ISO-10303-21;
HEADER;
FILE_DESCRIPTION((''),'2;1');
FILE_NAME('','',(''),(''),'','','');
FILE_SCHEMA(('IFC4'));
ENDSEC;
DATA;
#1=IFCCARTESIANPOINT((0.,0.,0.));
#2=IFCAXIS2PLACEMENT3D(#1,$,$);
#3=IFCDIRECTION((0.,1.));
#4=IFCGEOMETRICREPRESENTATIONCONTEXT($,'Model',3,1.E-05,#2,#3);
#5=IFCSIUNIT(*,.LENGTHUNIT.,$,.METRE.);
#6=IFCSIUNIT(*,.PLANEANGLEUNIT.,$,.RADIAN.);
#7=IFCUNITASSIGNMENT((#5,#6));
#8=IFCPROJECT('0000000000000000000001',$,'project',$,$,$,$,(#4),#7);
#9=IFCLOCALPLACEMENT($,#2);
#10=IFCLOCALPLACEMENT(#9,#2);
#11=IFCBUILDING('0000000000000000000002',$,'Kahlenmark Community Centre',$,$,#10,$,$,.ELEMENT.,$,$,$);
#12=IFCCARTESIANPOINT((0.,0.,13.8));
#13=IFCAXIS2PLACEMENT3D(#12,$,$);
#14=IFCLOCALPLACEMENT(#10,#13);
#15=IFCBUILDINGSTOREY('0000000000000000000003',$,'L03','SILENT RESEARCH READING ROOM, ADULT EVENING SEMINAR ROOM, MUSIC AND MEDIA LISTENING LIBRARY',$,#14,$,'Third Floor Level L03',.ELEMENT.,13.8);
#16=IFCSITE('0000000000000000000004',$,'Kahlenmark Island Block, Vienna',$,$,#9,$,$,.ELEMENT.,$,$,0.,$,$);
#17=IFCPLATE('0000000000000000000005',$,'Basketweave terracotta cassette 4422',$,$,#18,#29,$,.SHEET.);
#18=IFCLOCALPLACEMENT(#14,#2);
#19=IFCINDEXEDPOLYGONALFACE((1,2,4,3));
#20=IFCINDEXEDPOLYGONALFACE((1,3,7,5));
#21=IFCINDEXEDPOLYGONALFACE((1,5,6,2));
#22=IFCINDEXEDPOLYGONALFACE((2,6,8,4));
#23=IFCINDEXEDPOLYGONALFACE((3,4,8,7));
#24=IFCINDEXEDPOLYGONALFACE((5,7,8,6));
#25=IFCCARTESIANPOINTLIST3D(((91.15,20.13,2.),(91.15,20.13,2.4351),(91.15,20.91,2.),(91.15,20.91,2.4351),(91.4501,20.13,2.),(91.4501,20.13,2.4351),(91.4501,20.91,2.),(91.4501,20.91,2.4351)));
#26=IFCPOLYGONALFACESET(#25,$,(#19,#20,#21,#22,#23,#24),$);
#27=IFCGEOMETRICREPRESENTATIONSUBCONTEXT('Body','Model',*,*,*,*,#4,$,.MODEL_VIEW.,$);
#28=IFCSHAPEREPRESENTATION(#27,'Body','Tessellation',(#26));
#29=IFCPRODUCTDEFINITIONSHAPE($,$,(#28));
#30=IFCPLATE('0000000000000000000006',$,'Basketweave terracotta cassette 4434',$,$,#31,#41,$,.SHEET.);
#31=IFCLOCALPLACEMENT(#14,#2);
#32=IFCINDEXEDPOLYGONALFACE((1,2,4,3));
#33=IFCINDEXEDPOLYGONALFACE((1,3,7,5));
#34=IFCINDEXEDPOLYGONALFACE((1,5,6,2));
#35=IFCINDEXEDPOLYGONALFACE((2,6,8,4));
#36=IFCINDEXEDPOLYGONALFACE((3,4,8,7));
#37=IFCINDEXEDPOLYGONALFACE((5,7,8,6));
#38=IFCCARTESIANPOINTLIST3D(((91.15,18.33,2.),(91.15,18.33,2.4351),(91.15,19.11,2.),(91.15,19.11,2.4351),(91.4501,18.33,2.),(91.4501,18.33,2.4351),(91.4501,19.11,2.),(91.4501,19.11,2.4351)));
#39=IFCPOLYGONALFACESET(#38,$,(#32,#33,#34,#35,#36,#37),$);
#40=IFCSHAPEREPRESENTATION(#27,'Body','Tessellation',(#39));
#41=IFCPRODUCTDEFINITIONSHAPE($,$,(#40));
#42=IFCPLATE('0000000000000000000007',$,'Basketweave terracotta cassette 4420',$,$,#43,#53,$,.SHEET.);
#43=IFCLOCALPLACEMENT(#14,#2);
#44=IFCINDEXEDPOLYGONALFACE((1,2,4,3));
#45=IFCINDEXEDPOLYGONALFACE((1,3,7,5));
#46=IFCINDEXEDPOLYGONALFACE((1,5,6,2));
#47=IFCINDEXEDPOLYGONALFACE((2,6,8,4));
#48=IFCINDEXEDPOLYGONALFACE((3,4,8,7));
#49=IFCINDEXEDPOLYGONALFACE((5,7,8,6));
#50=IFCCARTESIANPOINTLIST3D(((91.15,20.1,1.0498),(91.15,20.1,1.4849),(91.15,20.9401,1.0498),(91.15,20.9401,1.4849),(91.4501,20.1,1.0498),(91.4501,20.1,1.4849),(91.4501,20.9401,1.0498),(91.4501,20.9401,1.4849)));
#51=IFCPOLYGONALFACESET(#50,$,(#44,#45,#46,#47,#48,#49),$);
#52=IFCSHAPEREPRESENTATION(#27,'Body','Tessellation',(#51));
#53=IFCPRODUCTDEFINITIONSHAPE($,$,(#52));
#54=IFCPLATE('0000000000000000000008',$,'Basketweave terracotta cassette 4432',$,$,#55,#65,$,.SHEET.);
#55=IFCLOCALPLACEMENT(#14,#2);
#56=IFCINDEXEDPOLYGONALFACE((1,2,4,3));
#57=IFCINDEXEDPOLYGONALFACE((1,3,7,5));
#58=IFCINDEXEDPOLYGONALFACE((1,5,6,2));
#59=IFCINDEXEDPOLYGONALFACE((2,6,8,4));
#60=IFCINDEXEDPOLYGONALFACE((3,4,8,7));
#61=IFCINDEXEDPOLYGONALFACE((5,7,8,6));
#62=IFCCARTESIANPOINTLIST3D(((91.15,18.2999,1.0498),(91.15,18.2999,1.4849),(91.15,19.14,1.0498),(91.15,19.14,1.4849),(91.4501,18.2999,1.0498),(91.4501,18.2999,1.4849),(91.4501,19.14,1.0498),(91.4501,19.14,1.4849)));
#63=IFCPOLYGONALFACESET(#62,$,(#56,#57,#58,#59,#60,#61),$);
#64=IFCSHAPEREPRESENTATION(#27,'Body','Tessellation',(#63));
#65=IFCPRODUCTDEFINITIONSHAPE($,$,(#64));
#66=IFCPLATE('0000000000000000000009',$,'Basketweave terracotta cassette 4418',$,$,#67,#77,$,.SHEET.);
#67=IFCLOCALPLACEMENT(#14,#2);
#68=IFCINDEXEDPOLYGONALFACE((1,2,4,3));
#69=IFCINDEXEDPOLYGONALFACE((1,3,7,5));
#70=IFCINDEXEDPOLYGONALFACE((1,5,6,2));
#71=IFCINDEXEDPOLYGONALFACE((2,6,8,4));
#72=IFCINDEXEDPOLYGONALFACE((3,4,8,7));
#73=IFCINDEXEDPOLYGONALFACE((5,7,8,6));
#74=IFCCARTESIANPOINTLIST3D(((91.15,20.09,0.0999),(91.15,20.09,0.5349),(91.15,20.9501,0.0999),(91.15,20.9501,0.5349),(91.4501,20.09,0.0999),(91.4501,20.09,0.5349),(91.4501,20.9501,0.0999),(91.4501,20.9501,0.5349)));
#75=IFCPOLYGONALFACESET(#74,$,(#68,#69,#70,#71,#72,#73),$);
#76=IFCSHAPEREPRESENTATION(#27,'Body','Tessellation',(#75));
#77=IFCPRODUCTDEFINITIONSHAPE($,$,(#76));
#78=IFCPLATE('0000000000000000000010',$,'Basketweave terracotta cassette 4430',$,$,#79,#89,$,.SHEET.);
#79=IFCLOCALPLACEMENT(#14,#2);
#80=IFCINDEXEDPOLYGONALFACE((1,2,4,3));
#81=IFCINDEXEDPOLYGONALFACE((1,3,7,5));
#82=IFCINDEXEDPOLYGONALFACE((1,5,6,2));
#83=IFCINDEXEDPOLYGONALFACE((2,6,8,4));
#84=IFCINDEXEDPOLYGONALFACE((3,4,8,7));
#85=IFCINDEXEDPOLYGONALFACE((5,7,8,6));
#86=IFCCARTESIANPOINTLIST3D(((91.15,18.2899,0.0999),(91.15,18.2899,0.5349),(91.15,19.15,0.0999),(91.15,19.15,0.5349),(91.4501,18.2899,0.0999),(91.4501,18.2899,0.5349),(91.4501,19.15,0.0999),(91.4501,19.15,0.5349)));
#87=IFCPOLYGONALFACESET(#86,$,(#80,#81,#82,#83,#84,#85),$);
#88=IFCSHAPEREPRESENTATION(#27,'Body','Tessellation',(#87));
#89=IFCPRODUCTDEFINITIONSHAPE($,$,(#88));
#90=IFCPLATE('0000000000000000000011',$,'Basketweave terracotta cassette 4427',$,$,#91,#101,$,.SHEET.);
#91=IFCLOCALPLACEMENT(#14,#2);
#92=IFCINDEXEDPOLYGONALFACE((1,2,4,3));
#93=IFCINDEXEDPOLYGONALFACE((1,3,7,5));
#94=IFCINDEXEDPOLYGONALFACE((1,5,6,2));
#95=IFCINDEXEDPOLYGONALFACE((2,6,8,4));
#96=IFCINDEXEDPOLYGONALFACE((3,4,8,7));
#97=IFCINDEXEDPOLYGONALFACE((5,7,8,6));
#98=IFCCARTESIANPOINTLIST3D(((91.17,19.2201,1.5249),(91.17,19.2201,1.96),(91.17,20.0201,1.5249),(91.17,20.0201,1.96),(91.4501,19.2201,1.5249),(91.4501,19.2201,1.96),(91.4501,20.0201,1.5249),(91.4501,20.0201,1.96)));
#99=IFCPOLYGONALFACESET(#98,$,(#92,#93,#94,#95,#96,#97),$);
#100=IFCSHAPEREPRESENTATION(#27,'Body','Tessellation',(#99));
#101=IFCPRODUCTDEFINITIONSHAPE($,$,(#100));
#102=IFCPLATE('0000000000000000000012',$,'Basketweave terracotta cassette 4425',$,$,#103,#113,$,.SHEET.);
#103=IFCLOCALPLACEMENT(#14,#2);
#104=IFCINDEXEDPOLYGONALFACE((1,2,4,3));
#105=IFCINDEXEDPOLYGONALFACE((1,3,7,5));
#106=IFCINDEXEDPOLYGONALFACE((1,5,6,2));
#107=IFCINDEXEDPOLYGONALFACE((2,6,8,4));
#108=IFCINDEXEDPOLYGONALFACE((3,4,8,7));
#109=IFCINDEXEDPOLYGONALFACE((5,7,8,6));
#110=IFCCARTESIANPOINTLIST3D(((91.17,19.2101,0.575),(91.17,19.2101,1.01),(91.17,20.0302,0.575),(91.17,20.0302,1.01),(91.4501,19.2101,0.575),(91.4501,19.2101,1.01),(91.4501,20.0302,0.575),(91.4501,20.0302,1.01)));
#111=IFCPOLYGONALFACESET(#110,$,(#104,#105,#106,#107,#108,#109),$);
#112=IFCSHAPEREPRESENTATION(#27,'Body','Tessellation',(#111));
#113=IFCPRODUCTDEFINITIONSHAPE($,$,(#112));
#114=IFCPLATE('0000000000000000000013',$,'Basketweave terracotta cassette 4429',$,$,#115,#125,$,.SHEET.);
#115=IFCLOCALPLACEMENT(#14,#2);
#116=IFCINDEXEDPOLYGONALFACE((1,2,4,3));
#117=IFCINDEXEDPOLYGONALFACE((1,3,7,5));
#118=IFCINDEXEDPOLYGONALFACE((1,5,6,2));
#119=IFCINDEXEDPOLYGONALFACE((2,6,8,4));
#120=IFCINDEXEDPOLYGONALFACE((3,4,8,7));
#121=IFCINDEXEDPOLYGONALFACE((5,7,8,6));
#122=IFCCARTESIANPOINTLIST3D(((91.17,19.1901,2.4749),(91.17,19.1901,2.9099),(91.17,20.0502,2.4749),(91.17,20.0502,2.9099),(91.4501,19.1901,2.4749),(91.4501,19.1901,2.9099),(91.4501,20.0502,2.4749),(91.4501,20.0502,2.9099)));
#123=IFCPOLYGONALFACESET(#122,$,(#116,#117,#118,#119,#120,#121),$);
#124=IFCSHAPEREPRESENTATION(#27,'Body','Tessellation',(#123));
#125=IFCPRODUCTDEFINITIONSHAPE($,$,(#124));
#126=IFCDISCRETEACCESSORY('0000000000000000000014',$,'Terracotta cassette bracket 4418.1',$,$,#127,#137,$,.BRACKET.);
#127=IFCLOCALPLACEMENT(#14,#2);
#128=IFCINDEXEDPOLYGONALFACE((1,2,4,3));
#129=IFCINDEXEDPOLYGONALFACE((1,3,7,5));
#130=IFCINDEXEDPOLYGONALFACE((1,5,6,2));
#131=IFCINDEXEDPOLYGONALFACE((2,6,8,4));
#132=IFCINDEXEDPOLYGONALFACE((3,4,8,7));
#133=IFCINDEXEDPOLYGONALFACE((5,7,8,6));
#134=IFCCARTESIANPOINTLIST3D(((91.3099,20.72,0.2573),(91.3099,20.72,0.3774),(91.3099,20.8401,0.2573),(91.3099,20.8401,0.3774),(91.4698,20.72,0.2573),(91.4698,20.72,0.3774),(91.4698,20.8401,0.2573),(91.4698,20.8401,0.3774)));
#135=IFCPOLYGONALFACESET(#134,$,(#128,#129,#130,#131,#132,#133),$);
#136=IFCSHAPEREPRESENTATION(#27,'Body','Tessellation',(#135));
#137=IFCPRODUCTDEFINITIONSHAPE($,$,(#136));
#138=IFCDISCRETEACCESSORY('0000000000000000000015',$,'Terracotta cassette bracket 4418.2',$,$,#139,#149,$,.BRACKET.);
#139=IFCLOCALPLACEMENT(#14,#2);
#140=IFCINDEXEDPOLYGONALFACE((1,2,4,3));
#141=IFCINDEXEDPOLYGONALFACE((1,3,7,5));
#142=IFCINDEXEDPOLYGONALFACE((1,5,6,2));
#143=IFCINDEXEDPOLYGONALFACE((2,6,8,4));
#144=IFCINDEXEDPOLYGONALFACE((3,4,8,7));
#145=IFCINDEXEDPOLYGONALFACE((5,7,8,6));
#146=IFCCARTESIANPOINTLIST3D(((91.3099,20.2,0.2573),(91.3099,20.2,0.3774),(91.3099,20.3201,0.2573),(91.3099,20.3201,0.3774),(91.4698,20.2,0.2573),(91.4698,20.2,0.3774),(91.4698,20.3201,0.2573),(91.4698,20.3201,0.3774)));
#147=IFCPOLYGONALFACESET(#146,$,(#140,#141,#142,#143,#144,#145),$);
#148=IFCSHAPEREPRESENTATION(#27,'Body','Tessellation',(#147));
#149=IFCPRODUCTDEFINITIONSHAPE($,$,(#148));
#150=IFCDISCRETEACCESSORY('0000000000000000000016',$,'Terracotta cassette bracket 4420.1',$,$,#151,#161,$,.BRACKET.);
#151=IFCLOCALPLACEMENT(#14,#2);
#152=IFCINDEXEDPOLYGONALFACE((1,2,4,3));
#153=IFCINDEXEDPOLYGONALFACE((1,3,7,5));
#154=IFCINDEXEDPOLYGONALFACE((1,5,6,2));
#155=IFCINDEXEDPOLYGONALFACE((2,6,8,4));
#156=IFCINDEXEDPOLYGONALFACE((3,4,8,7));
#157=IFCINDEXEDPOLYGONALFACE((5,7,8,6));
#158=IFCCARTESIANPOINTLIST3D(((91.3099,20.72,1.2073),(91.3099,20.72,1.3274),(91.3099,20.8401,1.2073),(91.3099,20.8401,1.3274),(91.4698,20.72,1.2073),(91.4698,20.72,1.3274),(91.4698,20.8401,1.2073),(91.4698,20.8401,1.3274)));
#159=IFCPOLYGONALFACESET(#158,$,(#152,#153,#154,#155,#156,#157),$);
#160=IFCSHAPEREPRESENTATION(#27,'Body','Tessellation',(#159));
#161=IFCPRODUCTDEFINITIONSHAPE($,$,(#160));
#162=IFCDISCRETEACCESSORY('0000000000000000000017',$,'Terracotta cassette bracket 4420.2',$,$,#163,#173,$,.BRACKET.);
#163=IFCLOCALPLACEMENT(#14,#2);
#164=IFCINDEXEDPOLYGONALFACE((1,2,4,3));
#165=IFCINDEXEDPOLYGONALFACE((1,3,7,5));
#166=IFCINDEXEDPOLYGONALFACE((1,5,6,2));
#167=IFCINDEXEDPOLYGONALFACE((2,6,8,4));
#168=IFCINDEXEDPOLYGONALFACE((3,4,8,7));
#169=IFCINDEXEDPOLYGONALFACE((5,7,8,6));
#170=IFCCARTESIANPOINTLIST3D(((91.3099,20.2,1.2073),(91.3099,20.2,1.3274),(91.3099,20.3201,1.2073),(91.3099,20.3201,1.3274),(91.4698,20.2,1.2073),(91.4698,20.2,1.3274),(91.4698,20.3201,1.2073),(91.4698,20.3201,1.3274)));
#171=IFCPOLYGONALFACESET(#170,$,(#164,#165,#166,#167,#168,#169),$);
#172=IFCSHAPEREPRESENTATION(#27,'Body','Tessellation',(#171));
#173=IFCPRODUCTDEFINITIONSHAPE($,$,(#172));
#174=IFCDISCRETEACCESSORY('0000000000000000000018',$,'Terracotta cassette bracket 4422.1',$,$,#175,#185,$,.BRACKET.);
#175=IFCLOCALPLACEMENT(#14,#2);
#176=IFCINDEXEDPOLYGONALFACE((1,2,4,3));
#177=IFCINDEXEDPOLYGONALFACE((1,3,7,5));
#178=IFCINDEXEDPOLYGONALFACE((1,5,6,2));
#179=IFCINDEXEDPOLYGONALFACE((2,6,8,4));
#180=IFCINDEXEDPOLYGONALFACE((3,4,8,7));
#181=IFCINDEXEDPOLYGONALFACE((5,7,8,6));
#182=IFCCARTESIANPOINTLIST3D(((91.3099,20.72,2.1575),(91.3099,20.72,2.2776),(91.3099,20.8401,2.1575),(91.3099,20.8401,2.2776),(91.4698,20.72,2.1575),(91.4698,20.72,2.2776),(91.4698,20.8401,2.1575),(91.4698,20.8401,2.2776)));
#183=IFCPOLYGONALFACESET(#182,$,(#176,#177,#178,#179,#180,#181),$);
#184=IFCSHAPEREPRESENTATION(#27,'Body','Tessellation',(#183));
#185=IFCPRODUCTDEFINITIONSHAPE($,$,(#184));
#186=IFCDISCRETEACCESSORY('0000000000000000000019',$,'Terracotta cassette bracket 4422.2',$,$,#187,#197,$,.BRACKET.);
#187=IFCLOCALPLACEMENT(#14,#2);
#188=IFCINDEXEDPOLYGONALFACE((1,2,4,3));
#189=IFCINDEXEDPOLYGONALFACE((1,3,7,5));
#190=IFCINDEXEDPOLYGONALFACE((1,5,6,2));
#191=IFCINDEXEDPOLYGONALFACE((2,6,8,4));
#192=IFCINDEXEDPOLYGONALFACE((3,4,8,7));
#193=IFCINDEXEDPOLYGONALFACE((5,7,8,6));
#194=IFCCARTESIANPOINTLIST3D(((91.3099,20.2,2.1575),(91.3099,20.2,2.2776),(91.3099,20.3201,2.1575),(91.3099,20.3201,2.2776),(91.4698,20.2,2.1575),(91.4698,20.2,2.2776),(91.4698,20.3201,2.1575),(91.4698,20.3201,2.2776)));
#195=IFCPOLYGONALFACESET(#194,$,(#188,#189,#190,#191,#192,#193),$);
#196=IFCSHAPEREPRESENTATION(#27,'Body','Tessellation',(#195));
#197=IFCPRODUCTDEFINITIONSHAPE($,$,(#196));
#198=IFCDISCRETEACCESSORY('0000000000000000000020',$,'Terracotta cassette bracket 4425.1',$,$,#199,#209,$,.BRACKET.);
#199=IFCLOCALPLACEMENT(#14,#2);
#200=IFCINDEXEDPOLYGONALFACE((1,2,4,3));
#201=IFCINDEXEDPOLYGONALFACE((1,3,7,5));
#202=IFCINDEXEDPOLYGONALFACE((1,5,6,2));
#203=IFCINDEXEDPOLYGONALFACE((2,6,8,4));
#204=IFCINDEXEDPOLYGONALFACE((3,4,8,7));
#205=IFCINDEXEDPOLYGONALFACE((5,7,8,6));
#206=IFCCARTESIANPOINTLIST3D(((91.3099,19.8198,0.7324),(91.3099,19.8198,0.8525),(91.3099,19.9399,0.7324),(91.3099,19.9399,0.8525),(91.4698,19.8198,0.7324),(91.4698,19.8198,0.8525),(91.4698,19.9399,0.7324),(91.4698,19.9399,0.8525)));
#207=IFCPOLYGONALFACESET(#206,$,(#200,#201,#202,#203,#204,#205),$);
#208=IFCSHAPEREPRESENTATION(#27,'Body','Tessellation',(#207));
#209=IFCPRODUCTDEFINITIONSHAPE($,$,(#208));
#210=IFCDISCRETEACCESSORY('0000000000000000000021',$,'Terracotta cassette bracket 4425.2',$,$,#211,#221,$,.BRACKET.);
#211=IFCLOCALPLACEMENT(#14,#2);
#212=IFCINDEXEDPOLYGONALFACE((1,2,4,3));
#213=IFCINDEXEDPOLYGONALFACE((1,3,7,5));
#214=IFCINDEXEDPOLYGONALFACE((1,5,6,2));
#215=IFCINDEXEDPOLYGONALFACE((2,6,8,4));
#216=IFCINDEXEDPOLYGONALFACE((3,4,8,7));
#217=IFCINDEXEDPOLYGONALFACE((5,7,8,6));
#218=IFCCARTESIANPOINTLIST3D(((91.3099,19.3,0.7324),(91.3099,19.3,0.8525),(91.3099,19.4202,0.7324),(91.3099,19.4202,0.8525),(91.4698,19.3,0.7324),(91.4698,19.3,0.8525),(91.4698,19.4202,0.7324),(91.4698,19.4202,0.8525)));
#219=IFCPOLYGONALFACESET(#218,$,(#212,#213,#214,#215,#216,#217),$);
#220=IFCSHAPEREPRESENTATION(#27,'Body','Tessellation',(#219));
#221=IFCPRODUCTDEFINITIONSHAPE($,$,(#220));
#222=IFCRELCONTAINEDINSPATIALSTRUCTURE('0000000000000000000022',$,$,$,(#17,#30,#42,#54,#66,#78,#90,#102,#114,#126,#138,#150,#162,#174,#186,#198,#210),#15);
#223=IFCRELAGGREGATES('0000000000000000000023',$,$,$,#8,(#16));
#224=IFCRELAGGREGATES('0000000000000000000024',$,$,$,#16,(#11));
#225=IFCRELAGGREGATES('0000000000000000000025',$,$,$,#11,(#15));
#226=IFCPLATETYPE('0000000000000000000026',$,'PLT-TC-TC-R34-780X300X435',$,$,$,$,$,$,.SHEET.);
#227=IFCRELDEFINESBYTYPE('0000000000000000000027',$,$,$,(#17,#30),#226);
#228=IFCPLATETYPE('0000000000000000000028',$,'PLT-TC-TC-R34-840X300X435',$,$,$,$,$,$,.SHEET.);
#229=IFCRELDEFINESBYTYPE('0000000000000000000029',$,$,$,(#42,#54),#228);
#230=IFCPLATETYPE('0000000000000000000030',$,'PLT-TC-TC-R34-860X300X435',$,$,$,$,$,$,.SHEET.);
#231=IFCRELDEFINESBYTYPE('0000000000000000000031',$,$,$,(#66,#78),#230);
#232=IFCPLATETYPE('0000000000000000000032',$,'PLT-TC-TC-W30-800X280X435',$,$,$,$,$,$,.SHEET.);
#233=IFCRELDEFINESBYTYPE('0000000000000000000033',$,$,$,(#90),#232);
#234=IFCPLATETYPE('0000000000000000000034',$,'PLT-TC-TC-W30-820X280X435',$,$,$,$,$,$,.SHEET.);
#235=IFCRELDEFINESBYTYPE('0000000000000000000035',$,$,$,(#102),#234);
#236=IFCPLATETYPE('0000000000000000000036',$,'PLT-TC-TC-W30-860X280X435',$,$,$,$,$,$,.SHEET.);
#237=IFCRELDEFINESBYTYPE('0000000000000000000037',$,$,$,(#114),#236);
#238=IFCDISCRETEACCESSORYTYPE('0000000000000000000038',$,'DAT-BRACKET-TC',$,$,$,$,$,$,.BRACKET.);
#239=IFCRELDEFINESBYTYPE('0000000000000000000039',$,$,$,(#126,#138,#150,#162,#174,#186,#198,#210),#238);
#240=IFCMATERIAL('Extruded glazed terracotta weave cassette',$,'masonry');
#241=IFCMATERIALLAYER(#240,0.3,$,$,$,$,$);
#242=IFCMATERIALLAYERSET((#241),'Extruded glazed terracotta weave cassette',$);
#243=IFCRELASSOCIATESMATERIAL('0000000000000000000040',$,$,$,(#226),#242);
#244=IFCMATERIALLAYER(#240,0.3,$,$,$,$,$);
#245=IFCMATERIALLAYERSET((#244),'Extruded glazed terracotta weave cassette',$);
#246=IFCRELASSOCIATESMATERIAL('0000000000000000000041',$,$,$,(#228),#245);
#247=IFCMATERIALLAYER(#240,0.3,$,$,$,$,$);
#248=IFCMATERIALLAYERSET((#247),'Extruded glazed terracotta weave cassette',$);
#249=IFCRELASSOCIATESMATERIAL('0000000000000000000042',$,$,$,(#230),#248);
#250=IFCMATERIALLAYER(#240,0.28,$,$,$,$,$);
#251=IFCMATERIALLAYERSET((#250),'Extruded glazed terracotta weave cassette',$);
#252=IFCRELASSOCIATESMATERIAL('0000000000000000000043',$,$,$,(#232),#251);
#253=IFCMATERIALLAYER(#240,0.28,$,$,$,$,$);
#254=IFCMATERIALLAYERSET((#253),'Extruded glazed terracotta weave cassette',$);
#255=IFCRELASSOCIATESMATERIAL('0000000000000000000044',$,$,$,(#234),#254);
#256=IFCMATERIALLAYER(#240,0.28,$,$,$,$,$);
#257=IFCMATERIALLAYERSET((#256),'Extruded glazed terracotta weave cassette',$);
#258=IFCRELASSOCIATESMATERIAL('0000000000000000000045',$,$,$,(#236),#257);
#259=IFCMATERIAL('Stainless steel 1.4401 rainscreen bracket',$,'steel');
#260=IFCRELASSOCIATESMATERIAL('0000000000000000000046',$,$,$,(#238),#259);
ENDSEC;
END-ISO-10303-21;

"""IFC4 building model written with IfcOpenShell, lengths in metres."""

from ifc_helpers import new_model, si_unit, direction, frame, origin, origin_2d, place, context, subcontext, project, spatial, rectangle, extrude, material, layer, layer_set, type_object, element, save


model = new_model("IFC4")

# Units and contexts
model_context = context("Model", 3, precision=1e-05, world=origin(), true_north=direction((0.0, 1.0)))
body_context = subcontext(model_context, "Body", "Model", "MODEL_VIEW")
ifc_project = project(units=[si_unit("LENGTHUNIT", "METRE"), si_unit("PLANEANGLEUNIT", "RADIAN")], contexts=[model_context])

# Site, building, storey
site_placement = place(None, origin())
site = spatial("IfcSite", under=ifc_project, at=site_placement, Name="Kahlenmark Island Block, Vienna", CompositionType="ELEMENT", RefElevation=0.0)
building_placement = place(site_placement, origin())
building = spatial("IfcBuilding", under=site, at=building_placement, Name="Kahlenmark Community Centre", CompositionType="ELEMENT")
storey_placement = place(building_placement, frame((0.0, 0.0, 13.8)))
storey = spatial("IfcBuildingStorey", under=building, at=storey_placement, Name="L03", Description="SILENT RESEARCH READING ROOM, ADULT EVENING SEMINAR ROOM, MUSIC AND MEDIA LISTENING LIBRARY", LongName="Third Floor Level L03", CompositionType="ELEMENT", Elevation=13.8)

# Plates
ifc_material_1 = material(Name="Extruded glazed terracotta weave cassette", Category="masonry")
ifc_layer_1 = layer(ifc_material_1, 0.3)
ifc_layer_set_1 = layer_set([ifc_layer_1], Name="Extruded glazed terracotta weave cassette")
plate_type_1 = type_object("IfcPlateType", Name="PLT-TC-TC-R34-780X300X435", PredefinedType="SHEET", material=ifc_layer_set_1)
for number, where, z_axis, x_axis, name in (
    (1, (91.3, 20.52, 2.0), (0.0, 0.0, 1.0), (0.0, -1.0, 0.0), "Basketweave terracotta cassette 4422"),
    (2, (91.3, 18.72, 2.0), (0.0, 0.0, 1.0), (0.0, -1.0, 0.0), "Basketweave terracotta cassette 4434"),
):
    element("IfcPlate", number, at=place(storey_placement, frame(where, z_axis=z_axis, x_axis=x_axis)), inside=storey, type_object=plate_type_1, Name=name, PredefinedType="SHEET", context=body_context, shape_type="SweptSolid", body=[
        extrude(rectangle(XDim=0.78, YDim=0.3, at=origin_2d()), origin(), (0.0, 0.0, 1.0), 0.4351),
    ])
ifc_layer_2 = layer(ifc_material_1, 0.3)
ifc_layer_set_2 = layer_set([ifc_layer_2], Name="Extruded glazed terracotta weave cassette")
plate_type_2 = type_object("IfcPlateType", Name="PLT-TC-TC-R34-840X300X435", PredefinedType="SHEET", material=ifc_layer_set_2)
for number, where, z_axis, x_axis, name in (
    (3, (91.3, 20.52, 1.0498), (0.0, 0.0, 1.0), (0.0, -1.0, 0.0), "Basketweave terracotta cassette 4420"),
    (4, (91.3, 18.72, 1.0498), (0.0, 0.0, 1.0), (0.0, -1.0, 0.0), "Basketweave terracotta cassette 4432"),
):
    element("IfcPlate", number, at=place(storey_placement, frame(where, z_axis=z_axis, x_axis=x_axis)), inside=storey, type_object=plate_type_2, Name=name, PredefinedType="SHEET", context=body_context, shape_type="SweptSolid", body=[
        extrude(rectangle(XDim=0.8401, YDim=0.3, at=origin_2d()), origin(), (0.0, 0.0, 1.0), 0.4351),
    ])
ifc_layer_3 = layer(ifc_material_1, 0.3)
ifc_layer_set_3 = layer_set([ifc_layer_3], Name="Extruded glazed terracotta weave cassette")
plate_type_3 = type_object("IfcPlateType", Name="PLT-TC-TC-R34-860X300X435", PredefinedType="SHEET", material=ifc_layer_set_3)
for number, where, z_axis, x_axis, name in (
    (5, (91.3, 20.52, 0.0999), (0.0, 0.0, 1.0), (0.0, -1.0, 0.0), "Basketweave terracotta cassette 4418"),
    (6, (91.3, 18.72, 0.0999), (0.0, 0.0, 1.0), (0.0, -1.0, 0.0), "Basketweave terracotta cassette 4430"),
):
    element("IfcPlate", number, at=place(storey_placement, frame(where, z_axis=z_axis, x_axis=x_axis)), inside=storey, type_object=plate_type_3, Name=name, PredefinedType="SHEET", context=body_context, shape_type="SweptSolid", body=[
        extrude(rectangle(XDim=0.8601, YDim=0.3, at=origin_2d()), origin(), (0.0, 0.0, 1.0), 0.4351),
    ])
ifc_layer_4 = layer(ifc_material_1, 0.28)
ifc_layer_set_4 = layer_set([ifc_layer_4], Name="Extruded glazed terracotta weave cassette")
plate_type_4 = type_object("IfcPlateType", Name="PLT-TC-TC-W30-800X280X435", PredefinedType="SHEET", material=ifc_layer_set_4)
plate_1_placement = place(storey_placement, frame((91.3101, 19.6201, 1.5249), z_axis=(0.0, 0.0, 1.0), x_axis=(0.0, -1.0, 0.0)))
element("IfcPlate", 7, at=plate_1_placement, inside=storey, type_object=plate_type_4, Name="Basketweave terracotta cassette 4427", PredefinedType="SHEET", context=body_context, shape_type="SweptSolid", body=[
    extrude(rectangle(XDim=0.8, YDim=0.28, at=origin_2d()), origin(), (0.0, 0.0, 1.0), 0.4351),
])
ifc_layer_5 = layer(ifc_material_1, 0.28)
ifc_layer_set_5 = layer_set([ifc_layer_5], Name="Extruded glazed terracotta weave cassette")
plate_type_5 = type_object("IfcPlateType", Name="PLT-TC-TC-W30-820X280X435", PredefinedType="SHEET", material=ifc_layer_set_5)
plate_2_placement = place(storey_placement, frame((91.3101, 19.6201, 0.575), z_axis=(0.0, 0.0, 1.0), x_axis=(0.0, -1.0, 0.0)))
element("IfcPlate", 8, at=plate_2_placement, inside=storey, type_object=plate_type_5, Name="Basketweave terracotta cassette 4425", PredefinedType="SHEET", context=body_context, shape_type="SweptSolid", body=[
    extrude(rectangle(XDim=0.8201, YDim=0.28, at=origin_2d()), origin(), (0.0, 0.0, 1.0), 0.4351),
])
ifc_layer_6 = layer(ifc_material_1, 0.28)
ifc_layer_set_6 = layer_set([ifc_layer_6], Name="Extruded glazed terracotta weave cassette")
plate_type_6 = type_object("IfcPlateType", Name="PLT-TC-TC-W30-860X280X435", PredefinedType="SHEET", material=ifc_layer_set_6)
plate_3_placement = place(storey_placement, frame((91.3101, 19.6201, 2.4749), z_axis=(0.0, 0.0, 1.0), x_axis=(0.0, -1.0, 0.0)))
element("IfcPlate", 9, at=plate_3_placement, inside=storey, type_object=plate_type_6, Name="Basketweave terracotta cassette 4429", PredefinedType="SHEET", context=body_context, shape_type="SweptSolid", body=[
    extrude(rectangle(XDim=0.8601, YDim=0.28, at=origin_2d()), origin(), (0.0, 0.0, 1.0), 0.4351),
])

# Discrete accessories
ifc_material_2 = material(Name="Stainless steel 1.4401 rainscreen bracket", Category="steel")
discrete_accessory_type = type_object("IfcDiscreteAccessoryType", Name="DAT-BRACKET-TC", PredefinedType="BRACKET", material=ifc_material_2)
for number, where, z_axis, x_axis, name in (
    (10, (91.3899, 20.78, 0.2573), (0.0, 0.0, 1.0), (0.0, -1.0, 0.0), "Terracotta cassette bracket 4418.1"),
    (11, (91.3899, 20.26, 0.2573), (0.0, 0.0, 1.0), (0.0, -1.0, 0.0), "Terracotta cassette bracket 4418.2"),
    (12, (91.3899, 20.78, 1.2073), (0.0, 0.0, 1.0), (0.0, -1.0, 0.0), "Terracotta cassette bracket 4420.1"),
    (13, (91.3899, 20.26, 1.2073), (0.0, 0.0, 1.0), (0.0, -1.0, 0.0), "Terracotta cassette bracket 4420.2"),
    (14, (91.3899, 20.78, 2.1575), (0.0, 0.0, 1.0), (0.0, -1.0, 0.0), "Terracotta cassette bracket 4422.1"),
    (15, (91.3899, 20.26, 2.1575), (0.0, 0.0, 1.0), (0.0, -1.0, 0.0), "Terracotta cassette bracket 4422.2"),
    (16, (91.3899, 19.8799, 0.7324), (0.0, 0.0, 1.0), (0.0, -1.0, 0.0), "Terracotta cassette bracket 4425.1"),
    (17, (91.3899, 19.3601, 0.7324), (0.0, 0.0, 1.0), (0.0, -1.0, 0.0), "Terracotta cassette bracket 4425.2"),
):
    element("IfcDiscreteAccessory", number, at=place(storey_placement, frame(where, z_axis=z_axis, x_axis=x_axis)), inside=storey, type_object=discrete_accessory_type, Name=name, PredefinedType="BRACKET", context=body_context, shape_type="SweptSolid", body=[
        extrude(rectangle(XDim=0.1201, YDim=0.1599, at=origin_2d()), origin(), (0.0, 0.0, 1.0), 0.1201),
    ])

save(model, "model.ifc")
